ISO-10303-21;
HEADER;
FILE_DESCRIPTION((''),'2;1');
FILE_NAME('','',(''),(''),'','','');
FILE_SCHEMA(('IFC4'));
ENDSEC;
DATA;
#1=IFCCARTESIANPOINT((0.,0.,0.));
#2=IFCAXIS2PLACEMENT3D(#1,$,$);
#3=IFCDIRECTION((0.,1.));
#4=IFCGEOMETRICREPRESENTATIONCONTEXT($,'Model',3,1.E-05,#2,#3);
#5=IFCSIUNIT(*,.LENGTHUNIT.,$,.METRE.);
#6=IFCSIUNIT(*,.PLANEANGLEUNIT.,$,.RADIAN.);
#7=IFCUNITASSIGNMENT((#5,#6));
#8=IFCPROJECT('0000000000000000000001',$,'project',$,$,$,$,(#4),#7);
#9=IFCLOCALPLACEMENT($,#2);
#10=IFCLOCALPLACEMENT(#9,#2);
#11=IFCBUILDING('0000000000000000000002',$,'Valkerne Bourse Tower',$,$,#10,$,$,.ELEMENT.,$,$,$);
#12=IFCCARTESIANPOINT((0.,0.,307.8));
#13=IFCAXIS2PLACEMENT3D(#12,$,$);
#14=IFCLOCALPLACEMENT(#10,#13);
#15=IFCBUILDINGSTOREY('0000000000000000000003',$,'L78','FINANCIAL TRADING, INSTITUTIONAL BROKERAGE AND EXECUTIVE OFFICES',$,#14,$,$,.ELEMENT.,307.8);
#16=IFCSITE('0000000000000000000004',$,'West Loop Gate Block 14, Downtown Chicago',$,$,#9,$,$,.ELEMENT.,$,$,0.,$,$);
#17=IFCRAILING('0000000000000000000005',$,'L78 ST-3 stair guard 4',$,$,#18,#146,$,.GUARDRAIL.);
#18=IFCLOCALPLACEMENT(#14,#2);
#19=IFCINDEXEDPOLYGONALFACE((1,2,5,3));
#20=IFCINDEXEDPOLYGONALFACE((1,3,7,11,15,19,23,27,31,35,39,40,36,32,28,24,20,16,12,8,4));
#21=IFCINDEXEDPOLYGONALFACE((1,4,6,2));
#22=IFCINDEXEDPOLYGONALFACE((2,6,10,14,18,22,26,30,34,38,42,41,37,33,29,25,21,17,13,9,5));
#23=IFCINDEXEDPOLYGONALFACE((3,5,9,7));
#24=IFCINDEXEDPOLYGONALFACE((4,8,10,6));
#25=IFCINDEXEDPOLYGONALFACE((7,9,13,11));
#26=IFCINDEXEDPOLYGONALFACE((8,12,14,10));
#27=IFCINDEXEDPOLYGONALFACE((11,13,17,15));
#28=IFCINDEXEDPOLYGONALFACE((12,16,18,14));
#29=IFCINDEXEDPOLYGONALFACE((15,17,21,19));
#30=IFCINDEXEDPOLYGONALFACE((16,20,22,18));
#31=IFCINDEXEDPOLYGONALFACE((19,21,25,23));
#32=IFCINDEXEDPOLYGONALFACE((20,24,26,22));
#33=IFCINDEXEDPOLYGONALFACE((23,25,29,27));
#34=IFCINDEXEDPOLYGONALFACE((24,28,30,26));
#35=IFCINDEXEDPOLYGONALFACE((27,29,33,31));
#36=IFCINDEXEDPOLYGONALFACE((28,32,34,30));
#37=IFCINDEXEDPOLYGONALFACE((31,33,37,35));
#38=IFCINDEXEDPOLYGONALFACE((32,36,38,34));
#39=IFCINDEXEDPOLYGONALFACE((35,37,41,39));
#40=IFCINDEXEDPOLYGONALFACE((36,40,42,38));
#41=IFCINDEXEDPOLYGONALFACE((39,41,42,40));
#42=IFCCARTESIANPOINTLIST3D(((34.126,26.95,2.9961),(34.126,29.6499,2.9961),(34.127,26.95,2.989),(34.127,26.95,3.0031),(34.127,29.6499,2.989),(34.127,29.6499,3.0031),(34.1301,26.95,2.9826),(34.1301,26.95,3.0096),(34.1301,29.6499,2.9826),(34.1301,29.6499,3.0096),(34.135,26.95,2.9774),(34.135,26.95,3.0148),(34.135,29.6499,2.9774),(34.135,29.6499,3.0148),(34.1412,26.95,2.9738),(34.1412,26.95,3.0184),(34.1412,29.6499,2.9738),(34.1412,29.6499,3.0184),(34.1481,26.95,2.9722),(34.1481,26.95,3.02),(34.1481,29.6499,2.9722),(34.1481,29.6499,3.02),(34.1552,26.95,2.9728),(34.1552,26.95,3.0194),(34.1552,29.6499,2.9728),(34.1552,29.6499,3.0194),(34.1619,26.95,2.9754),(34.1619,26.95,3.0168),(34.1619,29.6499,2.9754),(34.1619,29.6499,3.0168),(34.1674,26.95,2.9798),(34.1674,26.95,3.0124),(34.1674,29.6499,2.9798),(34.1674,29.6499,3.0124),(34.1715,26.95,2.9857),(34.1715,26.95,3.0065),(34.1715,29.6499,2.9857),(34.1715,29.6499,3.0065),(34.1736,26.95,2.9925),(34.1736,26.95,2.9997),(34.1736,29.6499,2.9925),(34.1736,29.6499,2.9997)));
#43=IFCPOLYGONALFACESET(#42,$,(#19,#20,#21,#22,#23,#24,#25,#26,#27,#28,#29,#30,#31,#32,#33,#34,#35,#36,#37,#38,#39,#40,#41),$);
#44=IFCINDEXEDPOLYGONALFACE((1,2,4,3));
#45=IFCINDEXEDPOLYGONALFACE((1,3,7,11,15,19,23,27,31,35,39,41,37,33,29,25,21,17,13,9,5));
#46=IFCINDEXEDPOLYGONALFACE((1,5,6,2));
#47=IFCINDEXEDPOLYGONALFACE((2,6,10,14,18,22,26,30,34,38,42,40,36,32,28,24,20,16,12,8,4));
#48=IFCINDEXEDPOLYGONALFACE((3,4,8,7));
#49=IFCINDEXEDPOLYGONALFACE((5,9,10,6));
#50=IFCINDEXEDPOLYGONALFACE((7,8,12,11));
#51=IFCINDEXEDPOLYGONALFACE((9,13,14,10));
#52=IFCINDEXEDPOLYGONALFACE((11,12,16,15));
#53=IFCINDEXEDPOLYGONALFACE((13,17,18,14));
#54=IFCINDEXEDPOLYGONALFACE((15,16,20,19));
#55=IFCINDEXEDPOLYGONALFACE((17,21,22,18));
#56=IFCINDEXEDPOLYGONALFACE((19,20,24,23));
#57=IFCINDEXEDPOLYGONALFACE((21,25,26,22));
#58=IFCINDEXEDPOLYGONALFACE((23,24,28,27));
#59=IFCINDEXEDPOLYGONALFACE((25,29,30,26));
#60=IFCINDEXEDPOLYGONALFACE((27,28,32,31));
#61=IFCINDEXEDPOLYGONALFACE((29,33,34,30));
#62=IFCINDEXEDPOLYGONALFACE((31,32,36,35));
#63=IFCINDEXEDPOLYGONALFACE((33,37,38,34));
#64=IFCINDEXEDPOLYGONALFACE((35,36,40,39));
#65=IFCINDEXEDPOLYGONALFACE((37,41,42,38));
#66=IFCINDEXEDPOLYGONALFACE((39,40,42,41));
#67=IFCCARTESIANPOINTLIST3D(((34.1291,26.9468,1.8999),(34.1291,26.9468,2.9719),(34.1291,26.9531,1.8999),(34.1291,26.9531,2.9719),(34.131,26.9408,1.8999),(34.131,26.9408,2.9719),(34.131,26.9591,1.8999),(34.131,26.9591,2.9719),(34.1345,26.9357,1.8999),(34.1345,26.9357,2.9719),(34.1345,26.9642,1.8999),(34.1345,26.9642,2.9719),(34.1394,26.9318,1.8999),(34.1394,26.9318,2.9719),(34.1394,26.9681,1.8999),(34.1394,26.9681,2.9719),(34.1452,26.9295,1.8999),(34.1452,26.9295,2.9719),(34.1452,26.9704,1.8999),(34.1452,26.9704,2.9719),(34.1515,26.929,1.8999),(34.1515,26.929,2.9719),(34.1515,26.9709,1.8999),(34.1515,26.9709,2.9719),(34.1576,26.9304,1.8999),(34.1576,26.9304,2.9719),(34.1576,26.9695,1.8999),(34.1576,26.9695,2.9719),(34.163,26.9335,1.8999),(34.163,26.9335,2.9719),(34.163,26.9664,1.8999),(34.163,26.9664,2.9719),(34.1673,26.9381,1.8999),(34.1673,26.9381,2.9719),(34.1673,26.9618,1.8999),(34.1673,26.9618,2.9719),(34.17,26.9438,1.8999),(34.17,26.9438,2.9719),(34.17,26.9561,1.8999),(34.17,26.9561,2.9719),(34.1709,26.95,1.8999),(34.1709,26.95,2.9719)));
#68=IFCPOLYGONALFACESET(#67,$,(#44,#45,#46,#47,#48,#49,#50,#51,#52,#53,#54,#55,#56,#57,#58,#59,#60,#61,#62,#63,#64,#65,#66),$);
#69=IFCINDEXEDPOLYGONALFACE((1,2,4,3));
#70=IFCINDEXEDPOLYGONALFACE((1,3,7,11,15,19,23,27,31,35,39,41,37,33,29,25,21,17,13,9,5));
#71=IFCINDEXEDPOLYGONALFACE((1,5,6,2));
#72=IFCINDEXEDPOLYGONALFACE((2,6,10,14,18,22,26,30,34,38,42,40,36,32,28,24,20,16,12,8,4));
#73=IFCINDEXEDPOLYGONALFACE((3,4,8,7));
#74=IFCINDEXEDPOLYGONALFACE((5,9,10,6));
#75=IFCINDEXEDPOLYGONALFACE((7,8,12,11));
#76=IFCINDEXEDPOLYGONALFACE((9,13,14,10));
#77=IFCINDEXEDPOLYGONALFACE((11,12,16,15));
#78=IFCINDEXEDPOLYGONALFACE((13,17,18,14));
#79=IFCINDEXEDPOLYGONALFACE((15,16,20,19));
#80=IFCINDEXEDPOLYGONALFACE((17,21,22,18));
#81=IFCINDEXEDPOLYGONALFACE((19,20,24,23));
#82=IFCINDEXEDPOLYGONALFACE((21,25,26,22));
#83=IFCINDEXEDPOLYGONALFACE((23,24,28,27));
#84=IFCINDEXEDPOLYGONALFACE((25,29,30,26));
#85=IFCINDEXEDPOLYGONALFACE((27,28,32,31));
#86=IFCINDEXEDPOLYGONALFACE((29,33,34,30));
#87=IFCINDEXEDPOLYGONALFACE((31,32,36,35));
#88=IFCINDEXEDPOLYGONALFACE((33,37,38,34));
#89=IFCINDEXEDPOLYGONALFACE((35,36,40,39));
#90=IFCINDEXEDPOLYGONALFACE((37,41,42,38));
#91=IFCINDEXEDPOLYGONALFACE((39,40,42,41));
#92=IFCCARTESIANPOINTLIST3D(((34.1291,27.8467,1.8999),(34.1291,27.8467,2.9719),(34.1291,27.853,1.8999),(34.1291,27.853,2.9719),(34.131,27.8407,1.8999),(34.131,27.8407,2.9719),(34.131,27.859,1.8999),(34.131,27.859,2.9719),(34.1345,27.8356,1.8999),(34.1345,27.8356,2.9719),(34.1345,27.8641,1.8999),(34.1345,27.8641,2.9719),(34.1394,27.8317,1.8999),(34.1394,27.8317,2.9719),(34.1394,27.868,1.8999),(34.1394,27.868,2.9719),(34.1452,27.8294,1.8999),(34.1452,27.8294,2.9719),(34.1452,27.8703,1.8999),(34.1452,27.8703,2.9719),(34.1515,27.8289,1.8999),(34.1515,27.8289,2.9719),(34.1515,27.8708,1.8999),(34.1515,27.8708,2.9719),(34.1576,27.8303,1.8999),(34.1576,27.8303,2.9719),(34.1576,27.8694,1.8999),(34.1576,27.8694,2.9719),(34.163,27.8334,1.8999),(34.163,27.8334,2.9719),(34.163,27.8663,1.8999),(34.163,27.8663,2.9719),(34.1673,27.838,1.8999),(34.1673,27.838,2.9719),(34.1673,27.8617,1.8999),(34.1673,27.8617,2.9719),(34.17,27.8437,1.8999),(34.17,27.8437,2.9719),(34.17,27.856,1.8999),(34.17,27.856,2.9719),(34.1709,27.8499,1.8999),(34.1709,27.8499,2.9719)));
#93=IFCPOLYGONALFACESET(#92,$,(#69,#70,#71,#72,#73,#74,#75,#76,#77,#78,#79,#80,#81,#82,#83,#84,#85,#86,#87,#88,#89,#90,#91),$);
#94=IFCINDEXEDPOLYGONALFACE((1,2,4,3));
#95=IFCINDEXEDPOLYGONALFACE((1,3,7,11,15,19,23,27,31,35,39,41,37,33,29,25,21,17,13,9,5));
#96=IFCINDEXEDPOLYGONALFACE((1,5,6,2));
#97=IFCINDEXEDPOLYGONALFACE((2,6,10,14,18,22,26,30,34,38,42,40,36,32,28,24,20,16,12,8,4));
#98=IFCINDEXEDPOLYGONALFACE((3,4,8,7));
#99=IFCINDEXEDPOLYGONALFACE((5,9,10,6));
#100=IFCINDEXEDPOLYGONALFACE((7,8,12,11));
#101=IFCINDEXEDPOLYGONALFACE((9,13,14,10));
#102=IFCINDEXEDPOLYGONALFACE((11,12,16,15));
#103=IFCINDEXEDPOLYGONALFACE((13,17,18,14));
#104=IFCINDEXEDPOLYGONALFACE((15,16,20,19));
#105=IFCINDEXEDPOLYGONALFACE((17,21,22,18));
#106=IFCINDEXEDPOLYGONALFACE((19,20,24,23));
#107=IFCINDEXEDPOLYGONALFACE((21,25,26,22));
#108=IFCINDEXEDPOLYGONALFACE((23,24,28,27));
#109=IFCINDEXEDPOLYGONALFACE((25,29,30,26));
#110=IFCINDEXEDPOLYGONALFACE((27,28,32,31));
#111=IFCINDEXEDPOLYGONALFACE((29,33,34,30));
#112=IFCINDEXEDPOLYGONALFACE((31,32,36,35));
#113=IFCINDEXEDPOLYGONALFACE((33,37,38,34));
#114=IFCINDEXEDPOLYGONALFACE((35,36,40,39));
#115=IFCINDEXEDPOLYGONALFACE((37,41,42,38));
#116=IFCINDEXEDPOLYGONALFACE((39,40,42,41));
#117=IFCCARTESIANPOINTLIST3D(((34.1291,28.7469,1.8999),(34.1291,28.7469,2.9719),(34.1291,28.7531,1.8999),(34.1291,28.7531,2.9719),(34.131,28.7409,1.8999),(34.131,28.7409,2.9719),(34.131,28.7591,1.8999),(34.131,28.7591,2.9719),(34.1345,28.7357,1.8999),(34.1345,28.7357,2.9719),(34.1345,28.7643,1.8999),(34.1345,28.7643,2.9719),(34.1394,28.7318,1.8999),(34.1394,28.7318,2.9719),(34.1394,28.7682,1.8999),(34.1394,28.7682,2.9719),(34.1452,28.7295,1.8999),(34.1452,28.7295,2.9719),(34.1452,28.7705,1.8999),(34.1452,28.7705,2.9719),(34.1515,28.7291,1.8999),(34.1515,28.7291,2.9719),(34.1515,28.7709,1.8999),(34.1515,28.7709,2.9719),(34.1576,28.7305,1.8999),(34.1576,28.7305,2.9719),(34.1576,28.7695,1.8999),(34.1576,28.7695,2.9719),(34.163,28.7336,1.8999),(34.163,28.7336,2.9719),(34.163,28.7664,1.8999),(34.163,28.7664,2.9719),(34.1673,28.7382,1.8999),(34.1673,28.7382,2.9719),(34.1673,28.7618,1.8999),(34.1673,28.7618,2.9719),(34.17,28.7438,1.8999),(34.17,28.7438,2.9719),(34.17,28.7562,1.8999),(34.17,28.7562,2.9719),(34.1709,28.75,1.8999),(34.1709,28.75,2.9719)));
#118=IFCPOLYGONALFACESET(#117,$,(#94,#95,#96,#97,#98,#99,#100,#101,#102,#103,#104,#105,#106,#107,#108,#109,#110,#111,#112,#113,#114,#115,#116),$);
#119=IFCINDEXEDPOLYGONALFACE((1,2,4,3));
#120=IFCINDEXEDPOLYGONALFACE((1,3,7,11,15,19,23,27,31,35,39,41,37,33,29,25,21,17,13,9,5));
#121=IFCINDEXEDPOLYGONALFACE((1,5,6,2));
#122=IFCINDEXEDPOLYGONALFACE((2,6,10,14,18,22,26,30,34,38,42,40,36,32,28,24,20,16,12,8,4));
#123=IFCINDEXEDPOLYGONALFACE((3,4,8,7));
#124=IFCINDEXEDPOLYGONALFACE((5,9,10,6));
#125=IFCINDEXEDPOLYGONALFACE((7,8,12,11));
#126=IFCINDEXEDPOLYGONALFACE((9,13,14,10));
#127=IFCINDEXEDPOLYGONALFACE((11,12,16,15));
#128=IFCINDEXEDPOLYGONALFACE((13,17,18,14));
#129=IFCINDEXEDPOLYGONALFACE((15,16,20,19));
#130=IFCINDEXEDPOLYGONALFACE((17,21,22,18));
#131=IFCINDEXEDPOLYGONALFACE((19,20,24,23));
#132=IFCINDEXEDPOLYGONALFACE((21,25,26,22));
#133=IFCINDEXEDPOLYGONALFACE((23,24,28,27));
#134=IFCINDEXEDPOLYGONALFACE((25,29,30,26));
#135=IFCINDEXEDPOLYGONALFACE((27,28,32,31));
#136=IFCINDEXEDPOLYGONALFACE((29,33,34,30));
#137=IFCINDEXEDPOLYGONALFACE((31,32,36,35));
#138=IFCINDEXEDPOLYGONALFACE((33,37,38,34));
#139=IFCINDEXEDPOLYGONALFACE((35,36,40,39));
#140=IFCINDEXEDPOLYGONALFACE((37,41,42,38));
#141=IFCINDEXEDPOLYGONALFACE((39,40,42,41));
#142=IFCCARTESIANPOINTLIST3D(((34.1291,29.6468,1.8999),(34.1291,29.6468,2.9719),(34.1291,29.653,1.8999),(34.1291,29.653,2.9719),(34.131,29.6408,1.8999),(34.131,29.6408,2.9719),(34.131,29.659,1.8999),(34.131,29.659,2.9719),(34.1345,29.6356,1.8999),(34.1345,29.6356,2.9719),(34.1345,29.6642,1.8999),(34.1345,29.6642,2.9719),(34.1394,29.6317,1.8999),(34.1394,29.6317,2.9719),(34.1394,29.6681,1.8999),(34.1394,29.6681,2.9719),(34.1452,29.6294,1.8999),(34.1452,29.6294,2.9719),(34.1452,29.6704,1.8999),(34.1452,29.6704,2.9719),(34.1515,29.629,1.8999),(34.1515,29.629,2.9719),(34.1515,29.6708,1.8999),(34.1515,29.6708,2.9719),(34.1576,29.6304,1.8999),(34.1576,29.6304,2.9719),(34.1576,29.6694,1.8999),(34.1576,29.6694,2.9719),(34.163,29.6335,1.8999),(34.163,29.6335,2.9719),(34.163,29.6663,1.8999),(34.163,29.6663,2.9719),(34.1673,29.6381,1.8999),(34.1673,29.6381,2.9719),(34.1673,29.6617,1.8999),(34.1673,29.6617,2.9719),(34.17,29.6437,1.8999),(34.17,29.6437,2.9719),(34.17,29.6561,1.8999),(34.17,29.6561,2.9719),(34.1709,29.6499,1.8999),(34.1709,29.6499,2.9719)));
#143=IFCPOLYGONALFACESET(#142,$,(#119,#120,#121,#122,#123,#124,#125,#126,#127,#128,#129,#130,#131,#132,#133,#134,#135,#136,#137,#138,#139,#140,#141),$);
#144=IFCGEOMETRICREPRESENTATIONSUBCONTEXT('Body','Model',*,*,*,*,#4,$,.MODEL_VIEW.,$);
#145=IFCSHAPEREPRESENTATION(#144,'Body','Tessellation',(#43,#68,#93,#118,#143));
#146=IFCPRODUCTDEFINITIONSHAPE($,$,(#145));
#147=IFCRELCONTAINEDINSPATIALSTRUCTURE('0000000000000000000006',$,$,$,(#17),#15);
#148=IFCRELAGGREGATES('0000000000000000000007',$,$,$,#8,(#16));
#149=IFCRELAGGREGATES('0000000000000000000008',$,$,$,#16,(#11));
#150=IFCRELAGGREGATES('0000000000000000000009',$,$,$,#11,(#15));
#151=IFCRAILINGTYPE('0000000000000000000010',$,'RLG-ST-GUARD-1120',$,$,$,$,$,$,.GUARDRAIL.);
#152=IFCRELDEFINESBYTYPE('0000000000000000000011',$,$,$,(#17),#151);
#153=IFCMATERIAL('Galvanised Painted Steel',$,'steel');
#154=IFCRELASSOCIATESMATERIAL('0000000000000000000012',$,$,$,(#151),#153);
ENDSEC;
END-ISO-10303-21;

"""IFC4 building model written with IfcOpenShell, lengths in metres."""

from ifc_helpers import new_model, si_unit, direction, frame, origin, origin_2d, place, context, subcontext, project, spatial, circle, extrude, material, type_object, element, save


model = new_model("IFC4")

# Units and contexts
model_context = context("Model", 3, precision=1e-05, world=origin(), true_north=direction((0.0, 1.0)))
body_context = subcontext(model_context, "Body", "Model", "MODEL_VIEW")
ifc_project = project(units=[si_unit("LENGTHUNIT", "METRE"), si_unit("PLANEANGLEUNIT", "RADIAN")], contexts=[model_context])

# Site, building, storey
site_placement = place(None, origin())
site = spatial("IfcSite", under=ifc_project, at=site_placement, Name="West Loop Gate Block 14, Downtown Chicago", CompositionType="ELEMENT", RefElevation=0.0)
building_placement = place(site_placement, origin())
building = spatial("IfcBuilding", under=site, at=building_placement, Name="Valkerne Bourse Tower", CompositionType="ELEMENT")
storey_placement = place(building_placement, frame((0.0, 0.0, 307.8)))
storey = spatial("IfcBuildingStorey", under=building, at=storey_placement, Name="L78", Description="FINANCIAL TRADING, INSTITUTIONAL BROKERAGE AND EXECUTIVE OFFICES", CompositionType="ELEMENT", Elevation=307.8)

# Shared definitions
ifc_material_1 = material(Name="Galvanised Painted Steel", Category="steel")

# Railing
railing_type = type_object("IfcRailingType", Name="RLG-ST-GUARD-1120", PredefinedType="GUARDRAIL", material=ifc_material_1)
railing_1_placement = place(storey_placement, frame((34.1499, 26.95, 1.8999)))
element("IfcRailing", 1, at=railing_1_placement, inside=storey, type_object=railing_type, Name="L78 ST-3 stair guard 4", PredefinedType="GUARDRAIL", context=body_context, shape_type="SweptSolid", body=[
    extrude(circle(Radius=0.0239, at=origin_2d()), frame((0.0, 0.0, 1.0962), z_axis=(0.0, 1.0, 0.0), x_axis=(-1.0, 0.0, 0.0)), (0.0, 0.0, 1.0), 2.7),
    extrude(circle(Radius=0.021, at=origin_2d()), origin(), (0.0, 0.0, 1.0), 1.072),
    extrude(circle(Radius=0.021, at=origin_2d()), frame((0.0, 0.8999, 0.0)), (0.0, 0.0, 1.0), 1.072),
    extrude(circle(Radius=0.021, at=origin_2d()), frame((0.0, 1.8, 0.0)), (0.0, 0.0, 1.0), 1.072),
    extrude(circle(Radius=0.021, at=origin_2d()), frame((0.0, 2.7, 0.0)), (0.0, 0.0, 1.0), 1.072),
])

save(model, "model.ifc")
